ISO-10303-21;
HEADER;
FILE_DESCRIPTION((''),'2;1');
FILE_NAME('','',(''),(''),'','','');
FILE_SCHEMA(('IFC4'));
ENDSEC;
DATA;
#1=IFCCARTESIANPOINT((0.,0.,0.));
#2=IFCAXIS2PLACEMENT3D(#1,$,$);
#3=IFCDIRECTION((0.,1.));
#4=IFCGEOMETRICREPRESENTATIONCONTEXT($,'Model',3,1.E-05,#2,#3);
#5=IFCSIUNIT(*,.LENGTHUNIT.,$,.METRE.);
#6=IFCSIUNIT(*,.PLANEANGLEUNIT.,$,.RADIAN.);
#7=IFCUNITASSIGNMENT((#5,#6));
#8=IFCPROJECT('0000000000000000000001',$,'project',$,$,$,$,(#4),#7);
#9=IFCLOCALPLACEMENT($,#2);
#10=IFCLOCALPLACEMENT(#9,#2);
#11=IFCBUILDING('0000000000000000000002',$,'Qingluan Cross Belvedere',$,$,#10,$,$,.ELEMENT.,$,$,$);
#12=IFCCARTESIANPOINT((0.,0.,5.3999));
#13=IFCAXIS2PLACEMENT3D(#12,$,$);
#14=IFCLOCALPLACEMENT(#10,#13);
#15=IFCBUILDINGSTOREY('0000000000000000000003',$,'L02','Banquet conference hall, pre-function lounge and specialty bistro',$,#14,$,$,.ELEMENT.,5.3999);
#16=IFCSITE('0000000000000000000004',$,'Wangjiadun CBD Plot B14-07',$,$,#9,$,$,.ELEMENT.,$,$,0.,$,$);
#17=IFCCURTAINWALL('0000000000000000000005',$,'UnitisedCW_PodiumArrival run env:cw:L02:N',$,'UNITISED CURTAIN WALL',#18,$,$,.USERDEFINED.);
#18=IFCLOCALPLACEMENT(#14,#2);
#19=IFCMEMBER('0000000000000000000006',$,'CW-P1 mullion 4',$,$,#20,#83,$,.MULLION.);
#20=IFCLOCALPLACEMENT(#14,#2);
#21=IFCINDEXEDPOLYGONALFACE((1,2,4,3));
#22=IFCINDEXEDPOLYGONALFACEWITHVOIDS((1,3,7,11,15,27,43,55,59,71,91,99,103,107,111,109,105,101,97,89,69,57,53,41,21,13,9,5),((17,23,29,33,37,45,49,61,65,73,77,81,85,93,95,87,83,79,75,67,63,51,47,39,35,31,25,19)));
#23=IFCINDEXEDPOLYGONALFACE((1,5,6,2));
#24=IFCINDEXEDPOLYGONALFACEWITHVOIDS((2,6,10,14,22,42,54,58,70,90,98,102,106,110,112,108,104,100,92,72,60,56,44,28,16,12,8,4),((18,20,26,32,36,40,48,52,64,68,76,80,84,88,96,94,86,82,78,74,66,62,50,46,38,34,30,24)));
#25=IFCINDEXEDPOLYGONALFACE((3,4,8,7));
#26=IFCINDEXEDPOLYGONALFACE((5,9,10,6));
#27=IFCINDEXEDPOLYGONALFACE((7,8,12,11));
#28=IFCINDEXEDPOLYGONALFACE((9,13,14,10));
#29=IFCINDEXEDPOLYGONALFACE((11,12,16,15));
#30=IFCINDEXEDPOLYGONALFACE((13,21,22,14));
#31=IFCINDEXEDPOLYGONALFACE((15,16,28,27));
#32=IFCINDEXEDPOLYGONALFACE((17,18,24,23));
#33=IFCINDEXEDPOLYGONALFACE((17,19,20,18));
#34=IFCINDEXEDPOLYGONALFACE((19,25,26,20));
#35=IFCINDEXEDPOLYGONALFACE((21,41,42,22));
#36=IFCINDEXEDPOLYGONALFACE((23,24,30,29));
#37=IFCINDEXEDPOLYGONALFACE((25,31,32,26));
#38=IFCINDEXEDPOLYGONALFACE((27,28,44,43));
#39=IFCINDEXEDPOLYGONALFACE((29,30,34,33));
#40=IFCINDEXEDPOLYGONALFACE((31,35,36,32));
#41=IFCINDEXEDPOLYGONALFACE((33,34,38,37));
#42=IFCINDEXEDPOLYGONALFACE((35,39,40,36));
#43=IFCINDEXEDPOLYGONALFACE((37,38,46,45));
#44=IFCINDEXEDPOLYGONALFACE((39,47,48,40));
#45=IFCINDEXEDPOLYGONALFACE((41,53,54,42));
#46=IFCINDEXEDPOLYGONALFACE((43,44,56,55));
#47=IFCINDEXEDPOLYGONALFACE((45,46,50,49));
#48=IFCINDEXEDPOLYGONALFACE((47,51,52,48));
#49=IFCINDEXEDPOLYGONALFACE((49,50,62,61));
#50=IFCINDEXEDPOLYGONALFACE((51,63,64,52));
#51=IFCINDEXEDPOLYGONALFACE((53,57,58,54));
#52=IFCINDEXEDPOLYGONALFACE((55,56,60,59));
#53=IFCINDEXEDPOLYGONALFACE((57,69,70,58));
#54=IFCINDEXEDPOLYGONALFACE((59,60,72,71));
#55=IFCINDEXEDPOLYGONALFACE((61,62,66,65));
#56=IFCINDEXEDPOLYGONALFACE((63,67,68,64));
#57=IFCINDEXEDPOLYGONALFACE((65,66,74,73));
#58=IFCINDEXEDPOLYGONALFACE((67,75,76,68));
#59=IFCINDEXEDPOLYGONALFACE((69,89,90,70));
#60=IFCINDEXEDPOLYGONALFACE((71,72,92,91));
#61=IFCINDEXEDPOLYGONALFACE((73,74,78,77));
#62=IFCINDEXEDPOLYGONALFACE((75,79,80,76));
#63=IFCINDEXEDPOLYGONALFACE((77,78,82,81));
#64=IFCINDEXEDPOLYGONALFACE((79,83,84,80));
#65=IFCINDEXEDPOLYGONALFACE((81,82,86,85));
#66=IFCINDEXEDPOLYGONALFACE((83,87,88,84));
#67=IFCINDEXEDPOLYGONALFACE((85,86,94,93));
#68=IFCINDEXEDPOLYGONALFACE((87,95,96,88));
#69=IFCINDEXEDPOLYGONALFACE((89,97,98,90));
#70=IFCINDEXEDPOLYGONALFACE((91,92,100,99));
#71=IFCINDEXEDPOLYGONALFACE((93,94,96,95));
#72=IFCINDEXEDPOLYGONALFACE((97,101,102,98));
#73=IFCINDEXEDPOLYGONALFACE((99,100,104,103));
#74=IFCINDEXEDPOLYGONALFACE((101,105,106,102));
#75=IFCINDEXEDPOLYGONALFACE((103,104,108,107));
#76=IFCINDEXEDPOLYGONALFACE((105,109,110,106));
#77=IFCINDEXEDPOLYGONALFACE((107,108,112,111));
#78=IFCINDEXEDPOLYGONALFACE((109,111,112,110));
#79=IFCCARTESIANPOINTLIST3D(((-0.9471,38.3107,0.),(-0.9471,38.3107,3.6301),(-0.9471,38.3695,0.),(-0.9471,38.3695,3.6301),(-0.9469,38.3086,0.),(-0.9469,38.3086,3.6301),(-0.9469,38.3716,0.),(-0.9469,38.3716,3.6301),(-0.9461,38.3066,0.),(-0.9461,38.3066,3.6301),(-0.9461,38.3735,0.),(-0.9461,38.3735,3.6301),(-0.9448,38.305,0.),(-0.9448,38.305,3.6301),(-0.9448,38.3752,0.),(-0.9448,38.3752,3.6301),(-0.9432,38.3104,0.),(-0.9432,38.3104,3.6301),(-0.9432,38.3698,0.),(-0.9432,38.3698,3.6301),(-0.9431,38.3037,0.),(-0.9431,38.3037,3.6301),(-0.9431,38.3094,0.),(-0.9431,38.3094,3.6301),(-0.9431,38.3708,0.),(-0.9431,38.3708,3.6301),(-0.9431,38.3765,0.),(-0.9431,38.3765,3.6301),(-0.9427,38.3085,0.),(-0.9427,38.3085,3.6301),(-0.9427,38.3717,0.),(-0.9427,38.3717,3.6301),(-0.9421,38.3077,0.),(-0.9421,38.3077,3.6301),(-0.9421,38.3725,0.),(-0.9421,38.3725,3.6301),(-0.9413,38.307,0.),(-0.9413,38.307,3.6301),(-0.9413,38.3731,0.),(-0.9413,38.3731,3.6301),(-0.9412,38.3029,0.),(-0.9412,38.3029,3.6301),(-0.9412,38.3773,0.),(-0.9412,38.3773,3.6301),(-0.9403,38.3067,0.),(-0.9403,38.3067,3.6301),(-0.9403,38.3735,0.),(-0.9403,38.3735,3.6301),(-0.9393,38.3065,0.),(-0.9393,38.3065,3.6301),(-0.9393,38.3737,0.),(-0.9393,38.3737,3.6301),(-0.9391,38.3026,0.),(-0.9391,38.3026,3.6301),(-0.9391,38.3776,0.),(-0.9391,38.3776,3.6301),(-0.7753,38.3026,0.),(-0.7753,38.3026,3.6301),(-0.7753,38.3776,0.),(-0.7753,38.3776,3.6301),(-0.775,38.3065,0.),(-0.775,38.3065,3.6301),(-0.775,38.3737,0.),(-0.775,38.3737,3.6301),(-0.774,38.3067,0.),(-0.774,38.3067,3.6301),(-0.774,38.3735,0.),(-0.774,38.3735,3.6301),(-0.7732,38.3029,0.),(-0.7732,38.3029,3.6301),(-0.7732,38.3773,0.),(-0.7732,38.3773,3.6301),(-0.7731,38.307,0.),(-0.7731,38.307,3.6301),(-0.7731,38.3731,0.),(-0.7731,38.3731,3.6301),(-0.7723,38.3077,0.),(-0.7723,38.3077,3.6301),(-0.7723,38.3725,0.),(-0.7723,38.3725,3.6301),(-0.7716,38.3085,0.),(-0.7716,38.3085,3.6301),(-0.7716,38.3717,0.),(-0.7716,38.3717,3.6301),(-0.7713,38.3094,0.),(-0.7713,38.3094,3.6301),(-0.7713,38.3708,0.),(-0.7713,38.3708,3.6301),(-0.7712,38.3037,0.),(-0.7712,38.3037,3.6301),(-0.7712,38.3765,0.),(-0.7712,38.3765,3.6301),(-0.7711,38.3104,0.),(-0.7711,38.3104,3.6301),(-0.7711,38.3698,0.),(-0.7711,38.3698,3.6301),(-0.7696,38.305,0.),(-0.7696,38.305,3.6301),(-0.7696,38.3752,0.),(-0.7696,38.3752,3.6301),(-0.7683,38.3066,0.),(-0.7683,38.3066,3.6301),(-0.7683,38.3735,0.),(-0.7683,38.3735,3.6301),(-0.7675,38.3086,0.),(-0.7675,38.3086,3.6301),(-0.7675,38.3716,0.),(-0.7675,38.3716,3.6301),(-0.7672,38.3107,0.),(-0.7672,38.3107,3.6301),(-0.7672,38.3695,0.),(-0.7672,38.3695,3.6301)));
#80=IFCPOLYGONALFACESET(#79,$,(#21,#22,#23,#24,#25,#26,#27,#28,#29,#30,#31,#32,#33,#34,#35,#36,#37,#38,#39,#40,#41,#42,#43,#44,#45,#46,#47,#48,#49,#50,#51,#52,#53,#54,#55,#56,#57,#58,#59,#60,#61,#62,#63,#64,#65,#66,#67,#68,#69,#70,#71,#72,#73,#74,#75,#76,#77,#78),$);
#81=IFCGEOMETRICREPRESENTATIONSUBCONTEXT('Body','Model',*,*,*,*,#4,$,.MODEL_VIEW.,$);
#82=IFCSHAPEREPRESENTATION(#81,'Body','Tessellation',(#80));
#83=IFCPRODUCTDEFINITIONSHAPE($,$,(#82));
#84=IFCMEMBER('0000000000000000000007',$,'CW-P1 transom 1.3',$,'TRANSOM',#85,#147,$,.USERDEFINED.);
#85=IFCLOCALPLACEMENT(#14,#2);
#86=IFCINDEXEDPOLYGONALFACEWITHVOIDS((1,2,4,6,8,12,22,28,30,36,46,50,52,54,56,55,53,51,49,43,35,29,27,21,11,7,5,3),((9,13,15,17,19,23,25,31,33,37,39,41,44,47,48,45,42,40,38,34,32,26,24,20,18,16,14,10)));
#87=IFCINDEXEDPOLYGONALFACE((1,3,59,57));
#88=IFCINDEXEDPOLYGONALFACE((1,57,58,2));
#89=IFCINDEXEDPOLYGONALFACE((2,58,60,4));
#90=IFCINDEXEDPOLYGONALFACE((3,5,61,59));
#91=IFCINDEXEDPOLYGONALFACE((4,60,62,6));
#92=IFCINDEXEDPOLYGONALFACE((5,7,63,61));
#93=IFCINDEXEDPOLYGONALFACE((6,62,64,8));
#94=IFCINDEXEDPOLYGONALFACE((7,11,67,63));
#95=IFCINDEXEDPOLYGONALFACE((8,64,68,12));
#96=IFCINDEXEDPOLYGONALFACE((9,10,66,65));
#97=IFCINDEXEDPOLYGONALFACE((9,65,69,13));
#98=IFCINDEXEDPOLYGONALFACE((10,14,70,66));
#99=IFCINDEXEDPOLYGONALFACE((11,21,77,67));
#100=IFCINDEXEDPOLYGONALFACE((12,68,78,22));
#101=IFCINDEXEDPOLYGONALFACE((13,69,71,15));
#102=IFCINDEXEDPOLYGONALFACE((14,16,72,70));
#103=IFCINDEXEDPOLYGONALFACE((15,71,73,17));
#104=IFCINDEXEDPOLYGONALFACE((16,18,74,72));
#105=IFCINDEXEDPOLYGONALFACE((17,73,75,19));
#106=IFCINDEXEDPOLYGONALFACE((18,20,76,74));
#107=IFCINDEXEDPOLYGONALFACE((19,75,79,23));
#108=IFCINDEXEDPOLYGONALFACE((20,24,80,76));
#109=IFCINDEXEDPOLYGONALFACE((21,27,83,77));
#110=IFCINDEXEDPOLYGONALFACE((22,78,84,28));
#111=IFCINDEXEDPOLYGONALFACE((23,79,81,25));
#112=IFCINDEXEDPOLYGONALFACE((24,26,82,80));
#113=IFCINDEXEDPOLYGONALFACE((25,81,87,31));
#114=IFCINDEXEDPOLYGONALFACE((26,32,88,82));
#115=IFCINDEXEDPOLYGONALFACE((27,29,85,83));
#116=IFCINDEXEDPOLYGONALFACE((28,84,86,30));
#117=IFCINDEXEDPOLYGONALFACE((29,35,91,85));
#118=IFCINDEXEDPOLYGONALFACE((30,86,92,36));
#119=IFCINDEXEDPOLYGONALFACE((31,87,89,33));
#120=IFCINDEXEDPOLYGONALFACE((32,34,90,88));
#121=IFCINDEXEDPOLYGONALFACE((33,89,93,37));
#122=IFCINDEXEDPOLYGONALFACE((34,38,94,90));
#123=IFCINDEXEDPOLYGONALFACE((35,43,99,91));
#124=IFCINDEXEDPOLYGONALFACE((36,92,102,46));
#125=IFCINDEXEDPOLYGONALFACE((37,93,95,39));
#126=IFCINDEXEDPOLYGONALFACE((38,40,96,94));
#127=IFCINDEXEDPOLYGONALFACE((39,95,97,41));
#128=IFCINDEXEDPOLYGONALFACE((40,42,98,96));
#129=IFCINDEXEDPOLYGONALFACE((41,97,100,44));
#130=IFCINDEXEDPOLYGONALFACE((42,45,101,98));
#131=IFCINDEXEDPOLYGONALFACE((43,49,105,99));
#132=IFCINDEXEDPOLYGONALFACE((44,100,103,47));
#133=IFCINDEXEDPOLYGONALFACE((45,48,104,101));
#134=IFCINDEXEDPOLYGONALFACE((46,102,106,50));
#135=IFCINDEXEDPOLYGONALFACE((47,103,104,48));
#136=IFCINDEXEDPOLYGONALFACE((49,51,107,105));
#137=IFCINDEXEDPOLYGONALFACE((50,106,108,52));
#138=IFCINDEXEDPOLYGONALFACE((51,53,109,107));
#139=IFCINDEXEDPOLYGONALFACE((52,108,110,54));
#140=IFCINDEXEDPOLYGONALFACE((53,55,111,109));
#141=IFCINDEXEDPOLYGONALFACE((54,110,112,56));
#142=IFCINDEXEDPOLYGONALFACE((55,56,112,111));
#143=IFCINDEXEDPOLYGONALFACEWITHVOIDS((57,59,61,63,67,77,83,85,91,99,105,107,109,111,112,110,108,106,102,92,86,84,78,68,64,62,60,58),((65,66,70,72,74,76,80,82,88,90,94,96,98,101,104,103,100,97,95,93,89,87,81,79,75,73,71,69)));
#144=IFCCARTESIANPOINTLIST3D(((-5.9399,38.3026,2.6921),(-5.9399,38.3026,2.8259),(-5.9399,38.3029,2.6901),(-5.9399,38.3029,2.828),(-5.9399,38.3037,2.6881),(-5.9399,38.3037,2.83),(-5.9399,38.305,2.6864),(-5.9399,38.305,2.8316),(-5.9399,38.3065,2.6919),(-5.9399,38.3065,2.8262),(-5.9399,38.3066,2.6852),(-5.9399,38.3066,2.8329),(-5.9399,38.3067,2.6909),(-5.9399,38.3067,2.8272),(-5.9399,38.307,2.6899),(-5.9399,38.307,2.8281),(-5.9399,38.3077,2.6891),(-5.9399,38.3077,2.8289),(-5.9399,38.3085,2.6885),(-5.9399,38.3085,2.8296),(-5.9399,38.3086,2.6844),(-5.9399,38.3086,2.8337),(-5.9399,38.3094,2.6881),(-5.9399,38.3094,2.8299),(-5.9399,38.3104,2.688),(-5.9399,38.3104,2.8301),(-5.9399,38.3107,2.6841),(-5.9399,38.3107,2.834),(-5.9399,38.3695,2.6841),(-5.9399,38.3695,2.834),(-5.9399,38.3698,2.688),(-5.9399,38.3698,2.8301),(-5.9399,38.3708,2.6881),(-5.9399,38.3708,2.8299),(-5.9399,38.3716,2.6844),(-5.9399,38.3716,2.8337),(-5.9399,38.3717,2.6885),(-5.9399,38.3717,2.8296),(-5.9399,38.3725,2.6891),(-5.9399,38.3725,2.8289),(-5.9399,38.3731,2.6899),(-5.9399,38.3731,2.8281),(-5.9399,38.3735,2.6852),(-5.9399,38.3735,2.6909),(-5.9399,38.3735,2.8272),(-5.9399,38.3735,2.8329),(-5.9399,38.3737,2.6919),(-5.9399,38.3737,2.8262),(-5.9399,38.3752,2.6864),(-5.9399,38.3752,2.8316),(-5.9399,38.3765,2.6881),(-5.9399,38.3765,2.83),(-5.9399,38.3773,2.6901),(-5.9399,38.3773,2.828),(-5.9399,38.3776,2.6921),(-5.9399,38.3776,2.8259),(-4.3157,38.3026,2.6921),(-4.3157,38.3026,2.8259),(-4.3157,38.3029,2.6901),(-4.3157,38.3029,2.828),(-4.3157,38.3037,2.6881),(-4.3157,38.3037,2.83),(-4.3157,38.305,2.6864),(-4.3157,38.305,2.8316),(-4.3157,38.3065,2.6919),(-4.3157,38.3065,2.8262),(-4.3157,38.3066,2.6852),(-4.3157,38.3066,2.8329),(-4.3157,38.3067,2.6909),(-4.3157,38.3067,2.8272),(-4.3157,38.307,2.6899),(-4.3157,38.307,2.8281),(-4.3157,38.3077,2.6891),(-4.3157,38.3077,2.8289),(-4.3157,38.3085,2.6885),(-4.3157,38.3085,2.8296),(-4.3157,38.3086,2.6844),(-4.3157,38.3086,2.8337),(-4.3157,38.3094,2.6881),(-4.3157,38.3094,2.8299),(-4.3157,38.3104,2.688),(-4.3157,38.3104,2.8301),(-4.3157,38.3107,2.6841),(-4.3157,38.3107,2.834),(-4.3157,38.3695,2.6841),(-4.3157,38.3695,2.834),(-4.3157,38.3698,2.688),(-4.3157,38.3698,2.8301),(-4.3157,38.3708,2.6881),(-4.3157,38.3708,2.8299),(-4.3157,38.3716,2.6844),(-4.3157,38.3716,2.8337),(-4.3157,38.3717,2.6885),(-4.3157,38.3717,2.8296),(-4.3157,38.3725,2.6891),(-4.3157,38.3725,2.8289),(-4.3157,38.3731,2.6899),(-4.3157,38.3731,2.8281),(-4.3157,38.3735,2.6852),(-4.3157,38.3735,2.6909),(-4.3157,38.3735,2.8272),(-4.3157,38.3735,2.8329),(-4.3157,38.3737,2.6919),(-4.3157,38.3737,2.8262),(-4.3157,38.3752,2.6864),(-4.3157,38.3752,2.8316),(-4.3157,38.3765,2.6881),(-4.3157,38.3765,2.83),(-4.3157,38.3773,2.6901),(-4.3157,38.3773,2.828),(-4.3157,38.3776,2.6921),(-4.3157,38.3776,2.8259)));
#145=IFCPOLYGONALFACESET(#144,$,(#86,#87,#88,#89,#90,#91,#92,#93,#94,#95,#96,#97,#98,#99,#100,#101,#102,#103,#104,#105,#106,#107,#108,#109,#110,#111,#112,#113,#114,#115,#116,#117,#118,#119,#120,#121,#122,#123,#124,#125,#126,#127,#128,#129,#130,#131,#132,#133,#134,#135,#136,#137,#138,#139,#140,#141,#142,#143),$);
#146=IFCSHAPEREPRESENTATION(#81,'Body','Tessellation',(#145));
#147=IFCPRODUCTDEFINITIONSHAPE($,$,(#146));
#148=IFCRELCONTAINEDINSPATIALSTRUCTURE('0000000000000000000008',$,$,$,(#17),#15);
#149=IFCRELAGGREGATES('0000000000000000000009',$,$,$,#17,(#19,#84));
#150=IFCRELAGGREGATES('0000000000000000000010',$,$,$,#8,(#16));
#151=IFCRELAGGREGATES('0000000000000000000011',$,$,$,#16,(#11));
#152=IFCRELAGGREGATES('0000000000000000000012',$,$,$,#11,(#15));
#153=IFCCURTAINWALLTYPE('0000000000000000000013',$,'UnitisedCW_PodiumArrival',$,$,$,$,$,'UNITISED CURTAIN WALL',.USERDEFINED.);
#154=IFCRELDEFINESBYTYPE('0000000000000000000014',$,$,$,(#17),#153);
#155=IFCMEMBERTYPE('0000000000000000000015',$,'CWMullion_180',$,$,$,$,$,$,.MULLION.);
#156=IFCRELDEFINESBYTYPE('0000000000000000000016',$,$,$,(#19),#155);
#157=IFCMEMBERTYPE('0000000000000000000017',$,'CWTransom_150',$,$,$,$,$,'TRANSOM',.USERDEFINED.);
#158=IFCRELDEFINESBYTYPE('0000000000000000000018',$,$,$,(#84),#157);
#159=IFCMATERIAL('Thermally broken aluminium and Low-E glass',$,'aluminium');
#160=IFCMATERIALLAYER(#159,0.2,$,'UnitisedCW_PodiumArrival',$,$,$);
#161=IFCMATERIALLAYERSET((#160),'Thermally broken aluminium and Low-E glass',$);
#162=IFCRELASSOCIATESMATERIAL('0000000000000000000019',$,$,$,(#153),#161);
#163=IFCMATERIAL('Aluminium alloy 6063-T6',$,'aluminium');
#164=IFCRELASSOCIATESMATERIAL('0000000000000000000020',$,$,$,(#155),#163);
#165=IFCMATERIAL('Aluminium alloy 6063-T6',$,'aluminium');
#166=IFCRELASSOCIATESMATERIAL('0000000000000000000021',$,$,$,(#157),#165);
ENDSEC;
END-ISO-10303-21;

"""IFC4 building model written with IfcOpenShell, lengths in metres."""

from ifc_helpers import new_model, si_unit, direction, frame, origin, origin_2d, place, context, subcontext, project, spatial, hollow_rectangle, extrude, material, layer, layer_set, material_profile, profile_set, type_object, element, aggregate, save


model = new_model("IFC4")

# Units and contexts
model_context = context("Model", 3, precision=1e-05, world=origin(), true_north=direction((0.0, 1.0)))
body_context = subcontext(model_context, "Body", "Model", "MODEL_VIEW")
ifc_project = project(units=[si_unit("LENGTHUNIT", "METRE"), si_unit("PLANEANGLEUNIT", "RADIAN")], contexts=[model_context])

# Site, building, storey
site_placement = place(None, origin())
site = spatial("IfcSite", under=ifc_project, at=site_placement, Name="Wangjiadun CBD Plot B14-07", CompositionType="ELEMENT", RefElevation=0.0)
building_placement = place(site_placement, origin())
building = spatial("IfcBuilding", under=site, at=building_placement, Name="Qingluan Cross Belvedere", CompositionType="ELEMENT")
storey_placement = place(building_placement, frame((0.0, 0.0, 5.3999)))
storey = spatial("IfcBuildingStorey", under=building, at=storey_placement, Name="L02", Description="Banquet conference hall, pre-function lounge and specialty bistro", CompositionType="ELEMENT", Elevation=5.3999)

# Curtain wall, members
ifc_material_1 = material(Name="Thermally broken aluminium and Low-E glass", Category="aluminium")
ifc_layer_1 = layer(ifc_material_1, 0.2, Name="UnitisedCW_PodiumArrival")
ifc_layer_set_1 = layer_set([ifc_layer_1], Name="Thermally broken aluminium and Low-E glass")
curtain_wall_type = type_object("IfcCurtainWallType", Name="UnitisedCW_PodiumArrival", ElementType="UNITISED CURTAIN WALL", PredefinedType="USERDEFINED", material=ifc_layer_set_1)
curtain_wall_placement = place(storey_placement, origin())
curtain_wall = element("IfcCurtainWall", 1, at=curtain_wall_placement, inside=storey, type_object=curtain_wall_type, Name="UnitisedCW_PodiumArrival run env:cw:L02:N", ObjectType="UNITISED CURTAIN WALL", PredefinedType="USERDEFINED")
ifc_material_2 = material(Name="Aluminium alloy 6063-T6", Category="aluminium")
ifc_material_profile_1 = material_profile(ifc_material_2, hollow_rectangle(XDim=0.075, YDim=0.1799, WallThickness=0.0039, InnerFilletRadius=0.0039, OuterFilletRadius=0.0081, at=origin_2d()), Name="CWM180x75x4")
ifc_profile_set_1 = profile_set([ifc_material_profile_1], Name="Aluminium alloy 6063-T6")
member_type_1 = type_object("IfcMemberType", Name="CWMullion_180", PredefinedType="MULLION", material=ifc_profile_set_1)
member_1_placement = place(storey_placement, frame((-0.8572, 38.3401, 0.0), z_axis=(0.0, 0.0, 1.0), x_axis=(0.0, 1.0, 0.0)))
member_1 = element("IfcMember", 2, at=member_1_placement, type_object=member_type_1, Name="CW-P1 mullion 4", PredefinedType="MULLION", context=body_context, shape_type="SweptSolid", body=[
    extrude(hollow_rectangle(XDim=0.075, YDim=0.1799, WallThickness=0.0039, InnerFilletRadius=0.0039, OuterFilletRadius=0.0081, at=origin_2d()), origin(), (0.0, 0.0, 1.0), 3.6301),
])
ifc_material_3 = material(Name="Aluminium alloy 6063-T6", Category="aluminium")
ifc_material_profile_2 = material_profile(ifc_material_3, hollow_rectangle(XDim=0.075, YDim=0.1499, WallThickness=0.0039, InnerFilletRadius=0.0039, OuterFilletRadius=0.0081, at=origin_2d()), Name="CWT150x75x4")
ifc_profile_set_2 = profile_set([ifc_material_profile_2], Name="Aluminium alloy 6063-T6")
member_type_2 = type_object("IfcMemberType", Name="CWTransom_150", ElementType="TRANSOM", PredefinedType="USERDEFINED", material=ifc_profile_set_2)
member_2_placement = place(storey_placement, frame((-5.9399, 38.3401, 2.759), z_axis=(1.0, 0.0, 0.0), x_axis=(0.0, 1.0, 0.0)))
member_2 = element("IfcMember", 3, at=member_2_placement, type_object=member_type_2, Name="CW-P1 transom 1.3", ObjectType="TRANSOM", PredefinedType="USERDEFINED", context=body_context, shape_type="SweptSolid", body=[
    extrude(hollow_rectangle(XDim=0.075, YDim=0.1499, WallThickness=0.0039, InnerFilletRadius=0.0039, OuterFilletRadius=0.0081, at=origin_2d()), origin(), (0.0, 0.0, 1.0), 1.6243),
])

aggregate(curtain_wall, [member_1, member_2])

save(model, "model.ifc")
